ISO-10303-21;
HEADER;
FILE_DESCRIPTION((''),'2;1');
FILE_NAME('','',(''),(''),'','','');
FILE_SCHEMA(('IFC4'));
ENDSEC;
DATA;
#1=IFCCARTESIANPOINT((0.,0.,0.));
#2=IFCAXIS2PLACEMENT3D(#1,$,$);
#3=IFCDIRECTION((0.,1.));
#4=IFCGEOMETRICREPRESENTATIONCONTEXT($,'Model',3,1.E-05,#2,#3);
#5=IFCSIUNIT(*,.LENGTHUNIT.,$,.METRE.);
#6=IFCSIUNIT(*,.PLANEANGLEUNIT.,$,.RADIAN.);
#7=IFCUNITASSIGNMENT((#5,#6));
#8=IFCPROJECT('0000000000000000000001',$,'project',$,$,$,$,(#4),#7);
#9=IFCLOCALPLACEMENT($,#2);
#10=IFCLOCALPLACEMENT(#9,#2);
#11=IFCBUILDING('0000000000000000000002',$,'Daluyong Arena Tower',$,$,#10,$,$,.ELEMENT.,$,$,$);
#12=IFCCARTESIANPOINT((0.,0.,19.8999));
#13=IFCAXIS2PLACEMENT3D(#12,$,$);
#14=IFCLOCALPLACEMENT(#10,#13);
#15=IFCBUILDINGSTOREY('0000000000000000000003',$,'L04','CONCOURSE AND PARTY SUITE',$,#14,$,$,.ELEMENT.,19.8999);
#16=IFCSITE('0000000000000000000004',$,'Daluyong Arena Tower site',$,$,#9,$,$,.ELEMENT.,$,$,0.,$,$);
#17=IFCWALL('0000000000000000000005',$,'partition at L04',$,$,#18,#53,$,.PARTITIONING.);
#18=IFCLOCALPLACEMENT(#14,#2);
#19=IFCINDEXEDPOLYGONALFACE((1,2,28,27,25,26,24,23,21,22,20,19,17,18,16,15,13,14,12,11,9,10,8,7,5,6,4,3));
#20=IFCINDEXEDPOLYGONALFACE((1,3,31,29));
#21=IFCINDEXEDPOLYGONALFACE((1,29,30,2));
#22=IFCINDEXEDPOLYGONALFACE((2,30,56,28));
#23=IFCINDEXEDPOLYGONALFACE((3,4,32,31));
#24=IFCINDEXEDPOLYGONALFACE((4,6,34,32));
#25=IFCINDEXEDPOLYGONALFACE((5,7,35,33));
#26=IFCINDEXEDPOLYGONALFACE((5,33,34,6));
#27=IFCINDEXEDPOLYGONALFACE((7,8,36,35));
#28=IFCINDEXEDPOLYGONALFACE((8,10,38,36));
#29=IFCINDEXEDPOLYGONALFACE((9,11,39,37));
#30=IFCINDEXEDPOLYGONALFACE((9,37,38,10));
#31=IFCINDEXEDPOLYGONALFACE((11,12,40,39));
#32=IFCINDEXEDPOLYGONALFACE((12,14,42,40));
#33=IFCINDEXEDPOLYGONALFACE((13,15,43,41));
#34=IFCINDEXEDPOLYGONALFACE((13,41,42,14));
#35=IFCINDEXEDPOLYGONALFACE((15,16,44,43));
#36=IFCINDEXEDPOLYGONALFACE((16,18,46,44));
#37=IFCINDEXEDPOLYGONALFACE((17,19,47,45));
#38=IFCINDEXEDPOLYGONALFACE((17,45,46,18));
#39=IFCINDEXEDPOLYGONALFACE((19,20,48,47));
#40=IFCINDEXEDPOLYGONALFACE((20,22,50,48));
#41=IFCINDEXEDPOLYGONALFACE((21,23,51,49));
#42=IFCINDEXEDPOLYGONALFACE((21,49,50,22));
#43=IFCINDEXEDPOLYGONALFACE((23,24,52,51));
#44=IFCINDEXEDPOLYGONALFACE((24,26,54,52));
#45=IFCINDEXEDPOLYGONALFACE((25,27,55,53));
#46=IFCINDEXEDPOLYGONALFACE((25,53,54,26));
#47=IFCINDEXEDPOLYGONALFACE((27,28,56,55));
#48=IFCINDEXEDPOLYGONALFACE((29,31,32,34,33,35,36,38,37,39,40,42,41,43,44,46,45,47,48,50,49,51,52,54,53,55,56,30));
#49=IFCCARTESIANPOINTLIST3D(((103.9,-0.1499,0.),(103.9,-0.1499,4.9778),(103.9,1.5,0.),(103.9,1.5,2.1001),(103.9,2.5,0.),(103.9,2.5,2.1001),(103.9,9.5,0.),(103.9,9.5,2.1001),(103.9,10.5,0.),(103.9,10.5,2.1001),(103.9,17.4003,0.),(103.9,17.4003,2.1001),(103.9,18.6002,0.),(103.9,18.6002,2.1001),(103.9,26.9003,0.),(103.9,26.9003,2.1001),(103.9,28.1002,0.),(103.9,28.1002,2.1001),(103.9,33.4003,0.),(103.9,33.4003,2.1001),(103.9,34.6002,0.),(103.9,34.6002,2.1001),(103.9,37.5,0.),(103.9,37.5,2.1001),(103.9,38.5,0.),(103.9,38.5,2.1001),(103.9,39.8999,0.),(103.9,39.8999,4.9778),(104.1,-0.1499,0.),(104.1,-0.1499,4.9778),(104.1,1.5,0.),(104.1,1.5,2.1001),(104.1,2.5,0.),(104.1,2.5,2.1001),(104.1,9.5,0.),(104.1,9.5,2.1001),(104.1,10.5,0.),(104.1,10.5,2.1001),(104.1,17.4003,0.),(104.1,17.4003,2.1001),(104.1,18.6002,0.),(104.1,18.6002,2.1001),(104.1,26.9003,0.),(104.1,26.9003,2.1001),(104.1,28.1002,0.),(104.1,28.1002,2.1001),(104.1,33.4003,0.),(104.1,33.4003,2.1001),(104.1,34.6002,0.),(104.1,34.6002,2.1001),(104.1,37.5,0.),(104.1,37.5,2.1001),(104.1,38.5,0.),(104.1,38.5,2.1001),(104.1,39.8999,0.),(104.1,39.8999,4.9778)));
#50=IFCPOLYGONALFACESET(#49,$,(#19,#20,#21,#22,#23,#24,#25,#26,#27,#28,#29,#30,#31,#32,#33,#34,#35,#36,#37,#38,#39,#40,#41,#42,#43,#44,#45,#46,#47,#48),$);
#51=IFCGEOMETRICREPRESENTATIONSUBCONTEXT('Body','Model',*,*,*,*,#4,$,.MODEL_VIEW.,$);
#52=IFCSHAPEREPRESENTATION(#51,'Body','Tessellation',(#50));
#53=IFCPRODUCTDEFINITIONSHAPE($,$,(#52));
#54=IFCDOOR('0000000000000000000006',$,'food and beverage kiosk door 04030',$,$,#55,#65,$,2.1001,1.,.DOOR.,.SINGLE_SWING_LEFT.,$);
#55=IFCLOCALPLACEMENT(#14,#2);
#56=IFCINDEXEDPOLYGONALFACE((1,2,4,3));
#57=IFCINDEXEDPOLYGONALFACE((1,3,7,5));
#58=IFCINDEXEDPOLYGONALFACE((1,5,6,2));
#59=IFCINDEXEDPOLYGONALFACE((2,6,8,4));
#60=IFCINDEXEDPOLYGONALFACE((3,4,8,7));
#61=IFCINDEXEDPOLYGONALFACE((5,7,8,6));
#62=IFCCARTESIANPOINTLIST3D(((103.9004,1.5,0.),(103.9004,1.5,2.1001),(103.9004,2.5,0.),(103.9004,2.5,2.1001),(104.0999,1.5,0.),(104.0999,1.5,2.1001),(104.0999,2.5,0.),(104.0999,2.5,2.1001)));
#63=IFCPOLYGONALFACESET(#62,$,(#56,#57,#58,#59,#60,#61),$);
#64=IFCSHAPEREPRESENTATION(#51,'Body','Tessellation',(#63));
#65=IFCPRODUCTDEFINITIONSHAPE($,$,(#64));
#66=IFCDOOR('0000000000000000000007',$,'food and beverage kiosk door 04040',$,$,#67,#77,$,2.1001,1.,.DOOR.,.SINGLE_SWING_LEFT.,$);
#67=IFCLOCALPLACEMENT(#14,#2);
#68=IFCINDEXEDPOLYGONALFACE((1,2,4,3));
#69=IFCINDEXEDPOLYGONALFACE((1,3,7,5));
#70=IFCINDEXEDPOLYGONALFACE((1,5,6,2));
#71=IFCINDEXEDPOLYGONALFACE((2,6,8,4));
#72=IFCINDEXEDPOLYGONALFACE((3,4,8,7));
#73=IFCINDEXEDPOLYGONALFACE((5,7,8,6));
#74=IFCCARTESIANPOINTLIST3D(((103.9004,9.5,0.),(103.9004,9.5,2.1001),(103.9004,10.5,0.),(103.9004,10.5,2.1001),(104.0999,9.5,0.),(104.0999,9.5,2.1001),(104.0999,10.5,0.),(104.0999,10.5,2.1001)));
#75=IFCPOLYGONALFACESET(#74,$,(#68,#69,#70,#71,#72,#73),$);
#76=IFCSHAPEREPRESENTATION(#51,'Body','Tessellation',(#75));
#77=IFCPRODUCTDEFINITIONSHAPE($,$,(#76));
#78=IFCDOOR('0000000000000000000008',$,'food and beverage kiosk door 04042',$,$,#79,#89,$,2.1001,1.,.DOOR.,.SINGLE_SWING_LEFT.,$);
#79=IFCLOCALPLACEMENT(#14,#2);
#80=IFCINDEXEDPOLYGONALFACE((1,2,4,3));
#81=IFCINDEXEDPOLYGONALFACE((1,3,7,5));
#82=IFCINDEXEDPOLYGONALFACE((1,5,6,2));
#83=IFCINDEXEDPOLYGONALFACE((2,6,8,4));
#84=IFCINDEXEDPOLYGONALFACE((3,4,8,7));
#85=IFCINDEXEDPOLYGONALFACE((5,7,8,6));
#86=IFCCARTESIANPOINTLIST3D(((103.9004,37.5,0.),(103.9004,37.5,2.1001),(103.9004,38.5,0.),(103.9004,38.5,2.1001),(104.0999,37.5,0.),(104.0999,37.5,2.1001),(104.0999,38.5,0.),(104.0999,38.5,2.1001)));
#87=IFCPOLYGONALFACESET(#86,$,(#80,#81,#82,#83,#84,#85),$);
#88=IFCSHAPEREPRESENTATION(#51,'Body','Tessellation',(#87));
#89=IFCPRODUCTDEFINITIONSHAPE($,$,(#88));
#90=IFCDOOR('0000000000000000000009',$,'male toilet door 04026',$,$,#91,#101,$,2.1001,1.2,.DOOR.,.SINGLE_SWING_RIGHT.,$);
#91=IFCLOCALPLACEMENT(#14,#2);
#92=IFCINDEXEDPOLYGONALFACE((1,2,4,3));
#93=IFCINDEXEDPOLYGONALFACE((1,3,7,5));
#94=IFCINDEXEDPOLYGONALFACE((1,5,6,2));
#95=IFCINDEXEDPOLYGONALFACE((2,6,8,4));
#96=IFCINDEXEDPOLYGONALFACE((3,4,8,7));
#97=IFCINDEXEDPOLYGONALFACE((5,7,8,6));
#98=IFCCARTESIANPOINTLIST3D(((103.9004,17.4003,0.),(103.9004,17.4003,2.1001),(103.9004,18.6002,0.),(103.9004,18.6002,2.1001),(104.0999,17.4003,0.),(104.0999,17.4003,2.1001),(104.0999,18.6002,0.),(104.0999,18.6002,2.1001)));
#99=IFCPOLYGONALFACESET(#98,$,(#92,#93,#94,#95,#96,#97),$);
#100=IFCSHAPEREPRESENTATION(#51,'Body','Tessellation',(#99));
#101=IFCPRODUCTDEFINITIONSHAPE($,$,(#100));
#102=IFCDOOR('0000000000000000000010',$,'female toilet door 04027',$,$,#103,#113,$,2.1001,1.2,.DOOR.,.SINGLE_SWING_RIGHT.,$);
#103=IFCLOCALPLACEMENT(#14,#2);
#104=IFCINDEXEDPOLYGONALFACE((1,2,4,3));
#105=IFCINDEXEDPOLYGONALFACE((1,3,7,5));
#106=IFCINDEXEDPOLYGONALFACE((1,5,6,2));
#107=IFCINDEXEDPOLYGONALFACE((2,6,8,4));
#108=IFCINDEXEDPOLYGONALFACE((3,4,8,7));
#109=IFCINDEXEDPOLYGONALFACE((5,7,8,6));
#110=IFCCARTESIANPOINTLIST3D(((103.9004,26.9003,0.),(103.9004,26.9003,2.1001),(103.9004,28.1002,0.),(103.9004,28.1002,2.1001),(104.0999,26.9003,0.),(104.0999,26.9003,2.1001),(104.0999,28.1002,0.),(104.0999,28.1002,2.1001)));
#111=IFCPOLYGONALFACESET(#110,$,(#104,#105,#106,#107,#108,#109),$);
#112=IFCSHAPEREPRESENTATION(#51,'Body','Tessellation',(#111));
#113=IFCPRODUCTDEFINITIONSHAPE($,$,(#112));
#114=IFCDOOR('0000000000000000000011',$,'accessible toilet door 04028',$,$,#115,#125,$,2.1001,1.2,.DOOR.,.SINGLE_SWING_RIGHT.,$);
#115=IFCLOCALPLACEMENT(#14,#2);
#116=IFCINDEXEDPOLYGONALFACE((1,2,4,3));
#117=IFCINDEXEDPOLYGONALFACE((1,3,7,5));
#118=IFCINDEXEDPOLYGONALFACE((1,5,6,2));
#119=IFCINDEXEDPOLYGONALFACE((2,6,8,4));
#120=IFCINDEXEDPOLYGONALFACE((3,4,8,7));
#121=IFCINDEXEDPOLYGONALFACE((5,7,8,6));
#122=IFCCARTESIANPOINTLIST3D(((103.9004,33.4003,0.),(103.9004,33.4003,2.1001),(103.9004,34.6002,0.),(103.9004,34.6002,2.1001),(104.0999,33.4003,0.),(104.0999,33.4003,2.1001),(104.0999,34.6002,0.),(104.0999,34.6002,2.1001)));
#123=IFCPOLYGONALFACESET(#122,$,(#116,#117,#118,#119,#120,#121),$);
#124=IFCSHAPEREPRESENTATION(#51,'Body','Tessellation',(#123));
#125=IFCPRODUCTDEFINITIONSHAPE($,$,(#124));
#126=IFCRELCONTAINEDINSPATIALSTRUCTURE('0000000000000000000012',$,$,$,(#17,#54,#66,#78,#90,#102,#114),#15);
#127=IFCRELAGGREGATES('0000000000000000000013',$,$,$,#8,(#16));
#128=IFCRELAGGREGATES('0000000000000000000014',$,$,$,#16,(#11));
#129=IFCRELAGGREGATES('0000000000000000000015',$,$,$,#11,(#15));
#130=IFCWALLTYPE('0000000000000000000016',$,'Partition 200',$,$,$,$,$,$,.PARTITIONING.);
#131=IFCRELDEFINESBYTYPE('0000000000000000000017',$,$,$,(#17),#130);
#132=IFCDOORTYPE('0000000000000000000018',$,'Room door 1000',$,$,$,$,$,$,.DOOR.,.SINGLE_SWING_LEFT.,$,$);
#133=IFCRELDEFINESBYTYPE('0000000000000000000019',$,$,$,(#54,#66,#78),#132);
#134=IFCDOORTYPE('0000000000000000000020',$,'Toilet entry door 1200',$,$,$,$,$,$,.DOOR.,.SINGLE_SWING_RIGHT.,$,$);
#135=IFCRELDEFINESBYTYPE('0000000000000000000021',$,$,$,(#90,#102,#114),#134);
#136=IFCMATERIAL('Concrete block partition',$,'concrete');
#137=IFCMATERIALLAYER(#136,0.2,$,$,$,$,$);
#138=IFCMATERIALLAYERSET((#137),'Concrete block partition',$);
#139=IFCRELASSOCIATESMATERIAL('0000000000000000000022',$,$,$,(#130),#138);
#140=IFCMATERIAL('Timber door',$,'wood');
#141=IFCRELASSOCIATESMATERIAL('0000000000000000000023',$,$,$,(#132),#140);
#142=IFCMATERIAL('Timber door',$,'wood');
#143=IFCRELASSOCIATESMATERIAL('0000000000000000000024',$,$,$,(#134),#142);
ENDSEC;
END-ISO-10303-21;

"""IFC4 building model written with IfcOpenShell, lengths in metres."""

from ifc_helpers import new_model, si_unit, direction, frame, frame_2d, origin, place, context, subcontext, project, spatial, rectangle, extrude, material, layer, layer_set, type_object, element, fill, save


model = new_model("IFC4")

# Units and contexts
model_context = context("Model", 3, precision=1e-05, world=origin(), true_north=direction((0.0, 1.0)))
body_context = subcontext(model_context, "Body", "Model", "MODEL_VIEW")
ifc_project = project(units=[si_unit("LENGTHUNIT", "METRE"), si_unit("PLANEANGLEUNIT", "RADIAN")], contexts=[model_context])

# Site, building, storey
site_placement = place(None, origin())
site = spatial("IfcSite", under=ifc_project, at=site_placement, Name="Daluyong Arena Tower site", CompositionType="ELEMENT", RefElevation=0.0)
building_placement = place(site_placement, origin())
building = spatial("IfcBuilding", under=site, at=building_placement, Name="Daluyong Arena Tower", CompositionType="ELEMENT")
storey_placement = place(building_placement, frame((0.0, 0.0, 19.8999)))
storey = spatial("IfcBuildingStorey", under=building, at=storey_placement, Name="L04", Description="CONCOURSE AND PARTY SUITE", CompositionType="ELEMENT", Elevation=19.8999)

# Wall, openings, doors
ifc_material_1 = material(Name="Concrete block partition", Category="concrete")
ifc_layer = layer(ifc_material_1, 0.2)
ifc_layer_set = layer_set([ifc_layer], Name="Concrete block partition")
wall_type = type_object("IfcWallType", Name="Partition 200", PredefinedType="PARTITIONING", material=ifc_layer_set)
wall_placement = place(storey_placement, frame((104.0, -0.1499, 0.0), z_axis=(0.0, 0.0, 1.0), x_axis=(0.0, 1.0, 0.0)))
wall = element("IfcWall", 1, at=wall_placement, inside=storey, type_object=wall_type, Name="partition at L04", PredefinedType="PARTITIONING", context=body_context, shape_type="SweptSolid", body=[
    extrude(rectangle(XDim=40.0498, YDim=0.2, at=frame_2d((20.0249, 0.0))), origin(), (0.0, 0.0, 1.0), 4.9778),
])
opening_1_placement = place(wall_placement, frame((17.55, 0.0, 0.0)))
opening_1 = element("IfcOpeningElement", 2, at=opening_1_placement, cuts=wall, PredefinedType="OPENING", context=body_context, shape_type="SweptSolid", body=[
    extrude(rectangle(XDim=1.2, YDim=2.1001, at=frame_2d((0.6001, 1.05))), frame((0.0, 0.1099, 0.0), z_axis=(0.0, -1.0, 0.0), x_axis=(1.0, 0.0, 0.0)), (0.0, 0.0, 1.0), 0.22),
])
opening_2_placement = place(wall_placement, frame((27.05, 0.0, 0.0)))
opening_2 = element("IfcOpeningElement", 3, at=opening_2_placement, cuts=wall, PredefinedType="OPENING", context=body_context, shape_type="SweptSolid", body=[
    extrude(rectangle(XDim=1.2, YDim=2.1001, at=frame_2d((0.6001, 1.05))), frame((0.0, 0.1099, 0.0), z_axis=(0.0, -1.0, 0.0), x_axis=(1.0, 0.0, 0.0)), (0.0, 0.0, 1.0), 0.22),
])
opening_3_placement = place(wall_placement, frame((33.55, 0.0, 0.0)))
opening_3 = element("IfcOpeningElement", 4, at=opening_3_placement, cuts=wall, PredefinedType="OPENING", context=body_context, shape_type="SweptSolid", body=[
    extrude(rectangle(XDim=1.2, YDim=2.1001, at=frame_2d((0.6001, 1.05))), frame((0.0, 0.1099, 0.0), z_axis=(0.0, -1.0, 0.0), x_axis=(1.0, 0.0, 0.0)), (0.0, 0.0, 1.0), 0.22),
])
opening_4_placement = place(wall_placement, frame((1.6499, 0.0, 0.0)))
opening_4 = element("IfcOpeningElement", 5, at=opening_4_placement, cuts=wall, PredefinedType="OPENING", context=body_context, shape_type="SweptSolid", body=[
    extrude(rectangle(XDim=1.0, YDim=2.1001, at=frame_2d((0.5, 1.05))), frame((0.0, 0.1099, 0.0), z_axis=(0.0, -1.0, 0.0), x_axis=(1.0, 0.0, 0.0)), (0.0, 0.0, 1.0), 0.22),
])
opening_5_placement = place(wall_placement, frame((9.6499, 0.0, 0.0)))
opening_5 = element("IfcOpeningElement", 6, at=opening_5_placement, cuts=wall, PredefinedType="OPENING", context=body_context, shape_type="SweptSolid", body=[
    extrude(rectangle(XDim=1.0, YDim=2.1001, at=frame_2d((0.5, 1.05))), frame((0.0, 0.1099, 0.0), z_axis=(0.0, -1.0, 0.0), x_axis=(1.0, 0.0, 0.0)), (0.0, 0.0, 1.0), 0.22),
])
opening_6_placement = place(wall_placement, frame((37.6499, 0.0, 0.0)))
opening_6 = element("IfcOpeningElement", 7, at=opening_6_placement, cuts=wall, PredefinedType="OPENING", context=body_context, shape_type="SweptSolid", body=[
    extrude(rectangle(XDim=1.0, YDim=2.1001, at=frame_2d((0.5, 1.05))), frame((0.0, 0.1099, 0.0), z_axis=(0.0, -1.0, 0.0), x_axis=(1.0, 0.0, 0.0)), (0.0, 0.0, 1.0), 0.22),
])
ifc_material_2 = material(Name="Timber door", Category="wood")
door_type_1 = type_object("IfcDoorType", Name="Room door 1000", OperationType="SINGLE_SWING_LEFT", PredefinedType="DOOR", material=ifc_material_2)
door_1_placement = place(opening_4_placement, origin())
door_1 = element("IfcDoor", 8, at=door_1_placement, inside=storey, type_object=door_type_1, Name="food and beverage kiosk door 04030", OperationType="SINGLE_SWING_LEFT", OverallHeight=2.1001, OverallWidth=1.0, PredefinedType="DOOR", context=body_context, shape_type="SweptSolid", body=[
    extrude(rectangle(XDim=1.0, YDim=2.1001, at=frame_2d((0.5, 1.05))), frame((0.0, 0.0996, 0.0), z_axis=(0.0, -1.0, 0.0), x_axis=(1.0, 0.0, 0.0)), (0.0, 0.0, 1.0), 0.1995),
])
fill(opening_4, door_1)
door_2_placement = place(opening_5_placement, origin())
door_2 = element("IfcDoor", 9, at=door_2_placement, inside=storey, type_object=door_type_1, Name="food and beverage kiosk door 04040", OperationType="SINGLE_SWING_LEFT", OverallHeight=2.1001, OverallWidth=1.0, PredefinedType="DOOR", context=body_context, shape_type="SweptSolid", body=[
    extrude(rectangle(XDim=1.0, YDim=2.1001, at=frame_2d((0.5, 1.05))), frame((0.0, 0.0996, 0.0), z_axis=(0.0, -1.0, 0.0), x_axis=(1.0, 0.0, 0.0)), (0.0, 0.0, 1.0), 0.1995),
])
fill(opening_5, door_2)
door_3_placement = place(opening_6_placement, origin())
door_3 = element("IfcDoor", 10, at=door_3_placement, inside=storey, type_object=door_type_1, Name="food and beverage kiosk door 04042", OperationType="SINGLE_SWING_LEFT", OverallHeight=2.1001, OverallWidth=1.0, PredefinedType="DOOR", context=body_context, shape_type="SweptSolid", body=[
    extrude(rectangle(XDim=1.0, YDim=2.1001, at=frame_2d((0.5, 1.05))), frame((0.0, 0.0996, 0.0), z_axis=(0.0, -1.0, 0.0), x_axis=(1.0, 0.0, 0.0)), (0.0, 0.0, 1.0), 0.1995),
])
fill(opening_6, door_3)
ifc_material_3 = material(Name="Timber door", Category="wood")
door_type_2 = type_object("IfcDoorType", Name="Toilet entry door 1200", OperationType="SINGLE_SWING_RIGHT", PredefinedType="DOOR", material=ifc_material_3)
door_4_placement = place(opening_1_placement, origin())
door_4 = element("IfcDoor", 11, at=door_4_placement, inside=storey, type_object=door_type_2, Name="male toilet door 04026", OperationType="SINGLE_SWING_RIGHT", OverallHeight=2.1001, OverallWidth=1.2, PredefinedType="DOOR", context=body_context, shape_type="SweptSolid", body=[
    extrude(rectangle(XDim=1.2, YDim=2.1001, at=frame_2d((0.6001, 1.05))), frame((0.0, 0.0996, 0.0), z_axis=(0.0, -1.0, 0.0), x_axis=(1.0, 0.0, 0.0)), (0.0, 0.0, 1.0), 0.1995),
])
fill(opening_1, door_4)
door_5_placement = place(opening_2_placement, origin())
door_5 = element("IfcDoor", 12, at=door_5_placement, inside=storey, type_object=door_type_2, Name="female toilet door 04027", OperationType="SINGLE_SWING_RIGHT", OverallHeight=2.1001, OverallWidth=1.2, PredefinedType="DOOR", context=body_context, shape_type="SweptSolid", body=[
    extrude(rectangle(XDim=1.2, YDim=2.1001, at=frame_2d((0.6001, 1.05))), frame((0.0, 0.0996, 0.0), z_axis=(0.0, -1.0, 0.0), x_axis=(1.0, 0.0, 0.0)), (0.0, 0.0, 1.0), 0.1995),
])
fill(opening_2, door_5)
door_6_placement = place(opening_3_placement, origin())
door_6 = element("IfcDoor", 13, at=door_6_placement, inside=storey, type_object=door_type_2, Name="accessible toilet door 04028", OperationType="SINGLE_SWING_RIGHT", OverallHeight=2.1001, OverallWidth=1.2, PredefinedType="DOOR", context=body_context, shape_type="SweptSolid", body=[
    extrude(rectangle(XDim=1.2, YDim=2.1001, at=frame_2d((0.6001, 1.05))), frame((0.0, 0.0996, 0.0), z_axis=(0.0, -1.0, 0.0), x_axis=(1.0, 0.0, 0.0)), (0.0, 0.0, 1.0), 0.1995),
])
fill(opening_3, door_6)

save(model, "model.ifc")
